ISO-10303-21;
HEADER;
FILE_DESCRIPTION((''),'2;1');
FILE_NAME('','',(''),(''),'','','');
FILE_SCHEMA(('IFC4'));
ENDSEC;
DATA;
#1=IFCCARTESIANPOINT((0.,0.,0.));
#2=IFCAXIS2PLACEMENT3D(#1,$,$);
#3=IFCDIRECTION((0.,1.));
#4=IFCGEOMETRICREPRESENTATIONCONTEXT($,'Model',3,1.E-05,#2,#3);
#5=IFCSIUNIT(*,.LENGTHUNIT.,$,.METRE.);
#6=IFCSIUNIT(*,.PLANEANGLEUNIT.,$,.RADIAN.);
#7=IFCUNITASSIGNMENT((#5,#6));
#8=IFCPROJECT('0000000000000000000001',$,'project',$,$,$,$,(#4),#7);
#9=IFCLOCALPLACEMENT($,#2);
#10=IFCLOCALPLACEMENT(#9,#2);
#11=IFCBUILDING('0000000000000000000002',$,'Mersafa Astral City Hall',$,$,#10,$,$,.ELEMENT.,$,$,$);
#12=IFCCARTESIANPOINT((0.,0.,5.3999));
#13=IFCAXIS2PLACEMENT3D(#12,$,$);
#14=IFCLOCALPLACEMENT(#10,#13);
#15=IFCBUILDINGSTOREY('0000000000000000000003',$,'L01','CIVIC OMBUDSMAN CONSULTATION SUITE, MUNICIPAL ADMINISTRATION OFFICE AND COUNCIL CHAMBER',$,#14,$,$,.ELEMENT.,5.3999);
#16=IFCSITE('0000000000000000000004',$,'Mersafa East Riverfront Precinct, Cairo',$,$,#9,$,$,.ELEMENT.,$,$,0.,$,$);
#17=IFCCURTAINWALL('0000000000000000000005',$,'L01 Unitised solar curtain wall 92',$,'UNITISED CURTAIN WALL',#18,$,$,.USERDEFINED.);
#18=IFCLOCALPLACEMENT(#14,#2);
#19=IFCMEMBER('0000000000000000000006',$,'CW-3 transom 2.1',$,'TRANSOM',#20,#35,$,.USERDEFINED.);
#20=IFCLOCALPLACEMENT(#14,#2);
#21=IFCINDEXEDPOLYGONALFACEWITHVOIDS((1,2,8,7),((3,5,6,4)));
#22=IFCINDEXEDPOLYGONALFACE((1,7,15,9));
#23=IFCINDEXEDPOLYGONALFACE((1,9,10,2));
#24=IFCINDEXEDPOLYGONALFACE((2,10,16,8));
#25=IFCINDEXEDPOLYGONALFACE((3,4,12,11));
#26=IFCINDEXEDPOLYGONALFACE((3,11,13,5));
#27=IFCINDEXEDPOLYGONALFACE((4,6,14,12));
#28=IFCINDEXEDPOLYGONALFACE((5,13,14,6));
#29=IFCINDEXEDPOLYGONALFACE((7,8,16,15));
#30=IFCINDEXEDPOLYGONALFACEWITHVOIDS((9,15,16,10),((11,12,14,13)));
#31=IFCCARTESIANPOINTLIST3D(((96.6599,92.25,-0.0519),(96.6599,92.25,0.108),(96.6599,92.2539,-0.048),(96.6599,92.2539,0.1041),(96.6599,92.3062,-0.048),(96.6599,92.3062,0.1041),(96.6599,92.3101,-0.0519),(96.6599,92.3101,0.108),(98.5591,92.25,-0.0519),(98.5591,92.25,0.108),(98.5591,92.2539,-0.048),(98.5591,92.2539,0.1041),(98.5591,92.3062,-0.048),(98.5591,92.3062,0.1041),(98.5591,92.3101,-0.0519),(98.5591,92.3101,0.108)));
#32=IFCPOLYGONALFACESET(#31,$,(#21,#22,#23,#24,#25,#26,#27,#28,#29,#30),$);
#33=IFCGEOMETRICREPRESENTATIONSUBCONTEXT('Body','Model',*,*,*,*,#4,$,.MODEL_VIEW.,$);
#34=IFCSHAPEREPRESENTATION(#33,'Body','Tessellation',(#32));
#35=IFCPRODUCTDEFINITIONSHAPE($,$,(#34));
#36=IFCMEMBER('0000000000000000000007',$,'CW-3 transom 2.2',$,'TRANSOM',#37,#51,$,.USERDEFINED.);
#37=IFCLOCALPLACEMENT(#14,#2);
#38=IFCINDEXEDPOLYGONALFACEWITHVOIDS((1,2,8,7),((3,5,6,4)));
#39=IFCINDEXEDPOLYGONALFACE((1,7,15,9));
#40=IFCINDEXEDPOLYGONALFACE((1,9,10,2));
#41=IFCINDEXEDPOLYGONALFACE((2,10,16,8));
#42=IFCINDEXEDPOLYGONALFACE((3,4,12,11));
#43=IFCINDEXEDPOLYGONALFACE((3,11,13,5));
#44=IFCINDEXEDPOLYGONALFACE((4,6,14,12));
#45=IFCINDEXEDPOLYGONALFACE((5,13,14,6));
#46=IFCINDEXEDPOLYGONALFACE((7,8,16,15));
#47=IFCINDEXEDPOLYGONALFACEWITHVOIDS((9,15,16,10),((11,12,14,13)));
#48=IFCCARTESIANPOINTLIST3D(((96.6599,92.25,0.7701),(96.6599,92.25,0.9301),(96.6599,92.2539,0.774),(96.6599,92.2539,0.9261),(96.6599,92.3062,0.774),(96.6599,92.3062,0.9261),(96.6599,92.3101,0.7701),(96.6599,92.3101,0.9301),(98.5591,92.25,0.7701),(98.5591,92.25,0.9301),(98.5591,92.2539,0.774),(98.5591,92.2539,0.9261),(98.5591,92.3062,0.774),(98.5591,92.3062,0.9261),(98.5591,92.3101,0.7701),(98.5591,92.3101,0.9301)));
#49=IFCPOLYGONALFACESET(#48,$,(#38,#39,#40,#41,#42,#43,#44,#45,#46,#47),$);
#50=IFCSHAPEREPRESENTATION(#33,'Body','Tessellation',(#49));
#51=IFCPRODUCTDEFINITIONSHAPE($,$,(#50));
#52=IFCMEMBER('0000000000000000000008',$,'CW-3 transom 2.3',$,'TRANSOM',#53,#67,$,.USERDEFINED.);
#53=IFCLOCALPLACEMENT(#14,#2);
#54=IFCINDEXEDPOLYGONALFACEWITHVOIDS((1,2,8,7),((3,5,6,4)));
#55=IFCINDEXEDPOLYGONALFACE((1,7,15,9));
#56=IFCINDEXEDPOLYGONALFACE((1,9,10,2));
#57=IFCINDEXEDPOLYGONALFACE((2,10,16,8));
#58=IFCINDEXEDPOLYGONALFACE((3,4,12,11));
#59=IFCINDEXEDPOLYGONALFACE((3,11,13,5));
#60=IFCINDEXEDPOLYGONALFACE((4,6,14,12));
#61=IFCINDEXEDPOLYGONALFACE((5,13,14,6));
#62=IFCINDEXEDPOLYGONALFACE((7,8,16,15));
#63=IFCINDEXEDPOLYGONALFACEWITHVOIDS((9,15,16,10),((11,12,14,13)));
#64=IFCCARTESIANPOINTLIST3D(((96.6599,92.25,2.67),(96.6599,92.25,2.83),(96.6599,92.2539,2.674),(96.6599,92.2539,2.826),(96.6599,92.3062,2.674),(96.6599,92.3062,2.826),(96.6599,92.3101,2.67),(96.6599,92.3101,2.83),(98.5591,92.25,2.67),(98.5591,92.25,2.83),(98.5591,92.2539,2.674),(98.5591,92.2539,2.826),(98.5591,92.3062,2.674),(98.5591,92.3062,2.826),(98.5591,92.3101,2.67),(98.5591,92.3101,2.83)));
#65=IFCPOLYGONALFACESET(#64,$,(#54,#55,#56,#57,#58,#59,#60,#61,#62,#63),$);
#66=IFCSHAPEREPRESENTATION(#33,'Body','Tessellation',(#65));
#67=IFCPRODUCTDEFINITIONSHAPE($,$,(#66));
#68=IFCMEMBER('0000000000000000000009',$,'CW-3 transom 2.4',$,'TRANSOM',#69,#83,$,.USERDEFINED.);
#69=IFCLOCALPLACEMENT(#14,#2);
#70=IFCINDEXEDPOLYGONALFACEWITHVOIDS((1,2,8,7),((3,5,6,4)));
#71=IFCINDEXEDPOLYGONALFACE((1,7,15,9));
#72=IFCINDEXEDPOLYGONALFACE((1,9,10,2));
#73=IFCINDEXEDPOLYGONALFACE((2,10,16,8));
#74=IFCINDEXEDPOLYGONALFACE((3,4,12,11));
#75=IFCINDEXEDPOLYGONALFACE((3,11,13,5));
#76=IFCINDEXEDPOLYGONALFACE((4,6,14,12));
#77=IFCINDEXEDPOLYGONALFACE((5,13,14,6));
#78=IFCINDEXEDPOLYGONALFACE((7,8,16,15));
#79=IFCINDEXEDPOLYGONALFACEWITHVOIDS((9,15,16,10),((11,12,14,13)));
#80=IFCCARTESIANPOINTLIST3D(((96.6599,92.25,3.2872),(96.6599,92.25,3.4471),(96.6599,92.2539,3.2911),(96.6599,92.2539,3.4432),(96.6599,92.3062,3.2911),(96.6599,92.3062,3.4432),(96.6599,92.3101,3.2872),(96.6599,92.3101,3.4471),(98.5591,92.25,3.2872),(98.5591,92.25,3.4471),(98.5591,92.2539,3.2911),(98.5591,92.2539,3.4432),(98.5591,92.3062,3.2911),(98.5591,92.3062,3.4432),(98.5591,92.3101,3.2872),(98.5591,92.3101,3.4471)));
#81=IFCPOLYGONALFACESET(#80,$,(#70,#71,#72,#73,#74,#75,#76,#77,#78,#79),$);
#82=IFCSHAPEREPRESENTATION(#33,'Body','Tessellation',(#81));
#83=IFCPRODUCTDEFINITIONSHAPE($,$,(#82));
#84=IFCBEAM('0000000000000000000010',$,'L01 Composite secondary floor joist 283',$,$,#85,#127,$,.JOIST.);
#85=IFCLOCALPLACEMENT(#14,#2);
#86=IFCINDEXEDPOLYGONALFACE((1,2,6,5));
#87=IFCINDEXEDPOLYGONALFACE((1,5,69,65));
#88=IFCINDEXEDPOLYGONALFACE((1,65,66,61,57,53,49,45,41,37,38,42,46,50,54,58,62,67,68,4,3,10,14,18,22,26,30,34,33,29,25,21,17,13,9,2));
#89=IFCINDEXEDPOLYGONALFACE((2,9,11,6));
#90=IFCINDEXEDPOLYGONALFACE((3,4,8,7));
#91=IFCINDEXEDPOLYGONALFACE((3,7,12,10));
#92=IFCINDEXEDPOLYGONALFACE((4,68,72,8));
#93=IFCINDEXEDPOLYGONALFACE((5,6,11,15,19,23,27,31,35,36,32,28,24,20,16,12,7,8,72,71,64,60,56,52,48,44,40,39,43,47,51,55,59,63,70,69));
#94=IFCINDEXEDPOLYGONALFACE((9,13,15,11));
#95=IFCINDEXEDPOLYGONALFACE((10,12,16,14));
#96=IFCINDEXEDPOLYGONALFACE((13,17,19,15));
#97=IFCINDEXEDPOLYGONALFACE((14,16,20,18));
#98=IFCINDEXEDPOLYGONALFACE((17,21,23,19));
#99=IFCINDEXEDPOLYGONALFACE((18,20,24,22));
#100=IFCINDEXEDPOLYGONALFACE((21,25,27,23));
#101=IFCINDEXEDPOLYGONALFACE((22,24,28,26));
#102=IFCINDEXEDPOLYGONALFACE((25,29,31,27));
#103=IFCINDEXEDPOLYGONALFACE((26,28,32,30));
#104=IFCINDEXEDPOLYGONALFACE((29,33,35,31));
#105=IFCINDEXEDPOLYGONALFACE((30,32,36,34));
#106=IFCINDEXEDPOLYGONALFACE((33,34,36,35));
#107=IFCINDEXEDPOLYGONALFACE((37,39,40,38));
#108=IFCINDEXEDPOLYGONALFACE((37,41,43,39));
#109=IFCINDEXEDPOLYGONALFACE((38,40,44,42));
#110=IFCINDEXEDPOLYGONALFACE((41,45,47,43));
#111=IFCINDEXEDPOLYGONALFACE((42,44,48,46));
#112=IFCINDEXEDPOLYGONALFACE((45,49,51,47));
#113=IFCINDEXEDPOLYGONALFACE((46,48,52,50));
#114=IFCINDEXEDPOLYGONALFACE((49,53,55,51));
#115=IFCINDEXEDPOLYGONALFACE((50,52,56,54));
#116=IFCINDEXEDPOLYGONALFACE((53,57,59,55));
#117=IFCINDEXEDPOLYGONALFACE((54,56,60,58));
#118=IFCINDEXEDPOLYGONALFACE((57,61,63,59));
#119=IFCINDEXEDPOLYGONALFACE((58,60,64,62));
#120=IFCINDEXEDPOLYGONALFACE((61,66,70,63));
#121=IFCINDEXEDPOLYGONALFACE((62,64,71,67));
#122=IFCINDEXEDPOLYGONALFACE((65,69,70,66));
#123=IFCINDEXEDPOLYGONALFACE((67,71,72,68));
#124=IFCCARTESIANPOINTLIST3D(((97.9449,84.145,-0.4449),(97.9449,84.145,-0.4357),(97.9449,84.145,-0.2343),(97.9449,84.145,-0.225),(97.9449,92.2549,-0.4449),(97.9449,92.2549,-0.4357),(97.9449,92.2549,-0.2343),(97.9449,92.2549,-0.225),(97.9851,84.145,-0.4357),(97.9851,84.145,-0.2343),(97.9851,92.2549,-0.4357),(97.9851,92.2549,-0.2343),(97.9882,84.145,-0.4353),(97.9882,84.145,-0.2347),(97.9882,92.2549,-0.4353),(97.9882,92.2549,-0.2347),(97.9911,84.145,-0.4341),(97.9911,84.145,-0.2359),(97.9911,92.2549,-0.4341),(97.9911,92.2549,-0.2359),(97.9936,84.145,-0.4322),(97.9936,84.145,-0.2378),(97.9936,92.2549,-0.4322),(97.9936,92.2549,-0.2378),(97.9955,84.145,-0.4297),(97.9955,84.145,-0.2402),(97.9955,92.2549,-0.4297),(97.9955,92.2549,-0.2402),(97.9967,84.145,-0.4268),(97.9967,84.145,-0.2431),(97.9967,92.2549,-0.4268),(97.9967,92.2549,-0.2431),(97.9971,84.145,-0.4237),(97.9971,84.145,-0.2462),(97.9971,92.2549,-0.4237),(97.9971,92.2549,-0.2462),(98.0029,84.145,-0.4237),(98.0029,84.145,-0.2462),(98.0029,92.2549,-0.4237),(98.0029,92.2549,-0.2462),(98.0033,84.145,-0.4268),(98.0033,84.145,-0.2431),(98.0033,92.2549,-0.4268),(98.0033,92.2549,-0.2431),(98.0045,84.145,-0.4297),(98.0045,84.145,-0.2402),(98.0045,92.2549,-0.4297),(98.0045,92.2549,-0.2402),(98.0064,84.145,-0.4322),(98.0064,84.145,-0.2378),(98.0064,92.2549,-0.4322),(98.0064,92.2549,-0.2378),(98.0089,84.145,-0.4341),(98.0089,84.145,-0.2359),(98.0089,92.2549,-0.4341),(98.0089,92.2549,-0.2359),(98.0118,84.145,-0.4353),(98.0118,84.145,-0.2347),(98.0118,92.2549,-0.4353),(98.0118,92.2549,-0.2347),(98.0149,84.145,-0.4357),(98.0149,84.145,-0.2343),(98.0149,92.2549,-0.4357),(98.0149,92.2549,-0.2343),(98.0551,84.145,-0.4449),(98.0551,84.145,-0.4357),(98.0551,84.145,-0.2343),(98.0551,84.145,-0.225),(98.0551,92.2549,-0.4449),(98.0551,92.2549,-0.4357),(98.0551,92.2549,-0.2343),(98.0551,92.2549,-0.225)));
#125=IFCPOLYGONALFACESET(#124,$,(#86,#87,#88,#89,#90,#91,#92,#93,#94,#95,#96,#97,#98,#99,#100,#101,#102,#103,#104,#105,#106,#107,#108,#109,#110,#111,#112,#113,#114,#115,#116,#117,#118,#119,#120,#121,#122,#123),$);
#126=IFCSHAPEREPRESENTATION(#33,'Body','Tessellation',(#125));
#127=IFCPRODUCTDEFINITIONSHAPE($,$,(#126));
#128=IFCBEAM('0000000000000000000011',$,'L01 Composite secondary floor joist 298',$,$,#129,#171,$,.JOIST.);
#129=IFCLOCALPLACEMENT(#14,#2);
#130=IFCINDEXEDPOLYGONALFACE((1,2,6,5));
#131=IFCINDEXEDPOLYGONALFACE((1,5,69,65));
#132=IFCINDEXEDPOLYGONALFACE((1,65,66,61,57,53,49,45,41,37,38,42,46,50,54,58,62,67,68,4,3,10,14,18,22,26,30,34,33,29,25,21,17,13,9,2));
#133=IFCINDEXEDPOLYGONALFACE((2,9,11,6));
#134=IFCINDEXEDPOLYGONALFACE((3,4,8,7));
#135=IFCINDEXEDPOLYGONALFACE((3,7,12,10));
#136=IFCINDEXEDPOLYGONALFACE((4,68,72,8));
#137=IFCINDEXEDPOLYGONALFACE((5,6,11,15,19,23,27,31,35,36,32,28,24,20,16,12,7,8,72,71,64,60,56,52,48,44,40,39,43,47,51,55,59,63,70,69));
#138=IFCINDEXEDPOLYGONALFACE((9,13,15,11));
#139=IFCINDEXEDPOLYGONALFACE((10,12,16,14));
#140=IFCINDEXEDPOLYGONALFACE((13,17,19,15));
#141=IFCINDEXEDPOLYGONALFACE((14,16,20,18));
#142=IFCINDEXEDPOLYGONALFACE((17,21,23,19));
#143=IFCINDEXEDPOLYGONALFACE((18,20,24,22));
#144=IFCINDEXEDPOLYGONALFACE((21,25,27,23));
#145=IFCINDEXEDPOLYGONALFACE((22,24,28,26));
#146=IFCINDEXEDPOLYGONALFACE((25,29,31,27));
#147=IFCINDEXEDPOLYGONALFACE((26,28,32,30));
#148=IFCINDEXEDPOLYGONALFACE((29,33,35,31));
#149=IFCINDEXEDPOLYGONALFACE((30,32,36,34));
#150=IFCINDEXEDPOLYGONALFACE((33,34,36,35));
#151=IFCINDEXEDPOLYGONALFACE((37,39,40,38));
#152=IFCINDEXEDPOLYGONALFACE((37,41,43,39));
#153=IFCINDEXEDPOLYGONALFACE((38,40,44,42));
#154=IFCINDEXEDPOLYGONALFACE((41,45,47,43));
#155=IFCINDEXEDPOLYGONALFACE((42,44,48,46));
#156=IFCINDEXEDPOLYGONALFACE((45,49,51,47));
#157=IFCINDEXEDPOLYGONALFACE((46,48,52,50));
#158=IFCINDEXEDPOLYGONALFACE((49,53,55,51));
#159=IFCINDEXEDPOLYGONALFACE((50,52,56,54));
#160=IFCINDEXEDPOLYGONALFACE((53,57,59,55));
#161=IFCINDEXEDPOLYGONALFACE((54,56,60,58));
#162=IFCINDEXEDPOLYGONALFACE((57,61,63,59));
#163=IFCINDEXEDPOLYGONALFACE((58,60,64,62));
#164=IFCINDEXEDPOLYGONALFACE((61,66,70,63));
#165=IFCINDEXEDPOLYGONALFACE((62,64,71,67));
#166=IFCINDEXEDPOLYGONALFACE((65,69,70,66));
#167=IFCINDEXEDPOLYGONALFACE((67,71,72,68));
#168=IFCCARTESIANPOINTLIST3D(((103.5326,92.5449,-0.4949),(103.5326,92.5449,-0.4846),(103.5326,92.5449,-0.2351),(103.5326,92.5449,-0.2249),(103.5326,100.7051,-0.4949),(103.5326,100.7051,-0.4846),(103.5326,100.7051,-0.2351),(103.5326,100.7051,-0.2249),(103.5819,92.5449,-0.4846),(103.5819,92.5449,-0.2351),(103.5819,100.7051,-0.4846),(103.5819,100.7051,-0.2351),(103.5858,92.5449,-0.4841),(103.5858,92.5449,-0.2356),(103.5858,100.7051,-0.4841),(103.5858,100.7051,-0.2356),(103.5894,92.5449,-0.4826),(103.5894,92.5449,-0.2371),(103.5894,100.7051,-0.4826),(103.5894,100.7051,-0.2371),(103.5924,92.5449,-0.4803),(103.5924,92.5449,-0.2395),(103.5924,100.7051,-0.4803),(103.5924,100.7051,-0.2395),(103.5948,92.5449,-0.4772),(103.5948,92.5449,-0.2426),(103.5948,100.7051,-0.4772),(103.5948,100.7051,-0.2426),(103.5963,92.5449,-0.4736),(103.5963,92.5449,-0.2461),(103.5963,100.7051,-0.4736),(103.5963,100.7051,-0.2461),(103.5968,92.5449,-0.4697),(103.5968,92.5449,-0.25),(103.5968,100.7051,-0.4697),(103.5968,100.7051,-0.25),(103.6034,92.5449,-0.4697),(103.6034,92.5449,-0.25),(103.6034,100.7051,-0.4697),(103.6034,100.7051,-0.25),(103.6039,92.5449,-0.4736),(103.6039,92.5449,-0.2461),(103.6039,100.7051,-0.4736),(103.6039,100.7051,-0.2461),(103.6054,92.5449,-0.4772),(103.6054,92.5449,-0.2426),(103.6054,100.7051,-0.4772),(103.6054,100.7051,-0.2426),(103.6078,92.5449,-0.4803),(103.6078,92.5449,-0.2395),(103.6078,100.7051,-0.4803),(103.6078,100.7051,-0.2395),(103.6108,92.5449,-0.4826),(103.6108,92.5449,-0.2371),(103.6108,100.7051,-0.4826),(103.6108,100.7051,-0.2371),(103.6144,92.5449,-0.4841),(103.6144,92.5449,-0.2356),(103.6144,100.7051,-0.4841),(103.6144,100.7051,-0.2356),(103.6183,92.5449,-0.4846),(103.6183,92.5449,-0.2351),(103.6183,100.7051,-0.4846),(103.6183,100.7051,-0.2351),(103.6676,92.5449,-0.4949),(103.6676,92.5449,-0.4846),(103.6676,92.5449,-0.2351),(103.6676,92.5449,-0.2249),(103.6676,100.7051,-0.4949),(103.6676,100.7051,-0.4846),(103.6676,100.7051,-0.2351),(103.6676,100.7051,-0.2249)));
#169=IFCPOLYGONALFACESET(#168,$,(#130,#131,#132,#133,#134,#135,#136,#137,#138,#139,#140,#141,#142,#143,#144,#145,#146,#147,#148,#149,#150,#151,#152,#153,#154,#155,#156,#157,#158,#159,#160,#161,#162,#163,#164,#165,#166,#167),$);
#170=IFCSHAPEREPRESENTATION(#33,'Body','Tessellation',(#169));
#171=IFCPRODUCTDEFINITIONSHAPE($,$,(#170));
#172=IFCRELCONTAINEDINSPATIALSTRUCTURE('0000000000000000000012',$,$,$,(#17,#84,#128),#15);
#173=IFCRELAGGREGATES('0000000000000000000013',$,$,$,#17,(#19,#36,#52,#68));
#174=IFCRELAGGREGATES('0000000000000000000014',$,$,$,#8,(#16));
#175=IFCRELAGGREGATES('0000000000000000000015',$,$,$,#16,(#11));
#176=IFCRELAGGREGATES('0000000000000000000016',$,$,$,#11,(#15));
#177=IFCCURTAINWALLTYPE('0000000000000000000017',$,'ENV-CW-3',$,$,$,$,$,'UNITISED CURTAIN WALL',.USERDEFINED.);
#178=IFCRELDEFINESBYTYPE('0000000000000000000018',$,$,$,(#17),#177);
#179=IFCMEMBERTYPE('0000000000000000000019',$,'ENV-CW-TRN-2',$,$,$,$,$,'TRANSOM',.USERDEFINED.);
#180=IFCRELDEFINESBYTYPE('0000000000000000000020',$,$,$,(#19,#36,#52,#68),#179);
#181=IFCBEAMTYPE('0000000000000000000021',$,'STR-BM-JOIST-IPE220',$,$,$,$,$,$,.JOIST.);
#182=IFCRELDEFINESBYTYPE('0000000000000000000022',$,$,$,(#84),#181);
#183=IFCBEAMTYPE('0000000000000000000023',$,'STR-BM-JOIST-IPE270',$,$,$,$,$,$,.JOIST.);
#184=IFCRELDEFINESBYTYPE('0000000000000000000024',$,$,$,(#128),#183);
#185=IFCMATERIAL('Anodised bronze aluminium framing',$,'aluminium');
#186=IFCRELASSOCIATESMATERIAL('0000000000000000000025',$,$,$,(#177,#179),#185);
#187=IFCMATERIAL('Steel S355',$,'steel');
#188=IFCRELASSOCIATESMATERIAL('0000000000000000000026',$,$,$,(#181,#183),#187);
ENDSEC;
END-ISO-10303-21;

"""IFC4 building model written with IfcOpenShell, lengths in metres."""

from ifc_helpers import new_model, si_unit, direction, frame, origin, origin_2d, place, context, subcontext, project, spatial, hollow_rectangle, i_section, extrude, material, material_profile, profile_set, type_object, element, aggregate, save


model = new_model("IFC4")

# Units and contexts
model_context = context("Model", 3, precision=1e-05, world=origin(), true_north=direction((0.0, 1.0)))
body_context = subcontext(model_context, "Body", "Model", "MODEL_VIEW")
ifc_project = project(units=[si_unit("LENGTHUNIT", "METRE"), si_unit("PLANEANGLEUNIT", "RADIAN")], contexts=[model_context])

# Site, building, storey
site_placement = place(None, origin())
site = spatial("IfcSite", under=ifc_project, at=site_placement, Name="Mersafa East Riverfront Precinct, Cairo", CompositionType="ELEMENT", RefElevation=0.0)
building_placement = place(site_placement, origin())
building = spatial("IfcBuilding", under=site, at=building_placement, Name="Mersafa Astral City Hall", CompositionType="ELEMENT")
storey_placement = place(building_placement, frame((0.0, 0.0, 5.3999)))
storey = spatial("IfcBuildingStorey", under=building, at=storey_placement, Name="L01", Description="CIVIC OMBUDSMAN CONSULTATION SUITE, MUNICIPAL ADMINISTRATION OFFICE AND COUNCIL CHAMBER", CompositionType="ELEMENT", Elevation=5.3999)

# Shared definitions
ifc_material_1 = material(Name="Steel S355", Category="steel")

# Shared definitions
ifc_material_2 = material(Name="Anodised bronze aluminium framing", Category="aluminium")

# Curtain wall
curtain_wall_type_1 = type_object("IfcCurtainWallType", Name="ENV-CW-3", ElementType="UNITISED CURTAIN WALL", PredefinedType="USERDEFINED", material=ifc_material_2)
curtain_wall_1_placement = place(storey_placement, origin())
curtain_wall_1 = element("IfcCurtainWall", 1, at=curtain_wall_1_placement, inside=storey, type_object=curtain_wall_type_1, Name="L01 Unitised solar curtain wall 92", ObjectType="UNITISED CURTAIN WALL", PredefinedType="USERDEFINED")

# Members
ifc_material_profile_1 = material_profile(ifc_material_2, hollow_rectangle(XDim=0.0601, YDim=0.1599, WallThickness=0.0039, at=origin_2d()), Name="RHS 60x160x4")
ifc_profile_set_1 = profile_set([ifc_material_profile_1], Name="Anodised bronze aluminium framing")
member_type_1 = type_object("IfcMemberType", Name="ENV-CW-TRN-2", ElementType="TRANSOM", PredefinedType="USERDEFINED", material=ifc_profile_set_1)
member_1_placement = place(storey_placement, frame((98.5591, 92.28, 0.0281), z_axis=(-1.0, 0.0, 0.0), x_axis=(0.0, -1.0, 0.0)))
member_1 = element("IfcMember", 2, at=member_1_placement, type_object=member_type_1, Name="CW-3 transom 2.1", ObjectType="TRANSOM", PredefinedType="USERDEFINED", context=body_context, shape_type="SweptSolid", body=[
    extrude(hollow_rectangle(XDim=0.0601, YDim=0.1599, WallThickness=0.0039, at=origin_2d()), origin(), (0.0, 0.0, 1.0), 1.8992),
])
member_2_placement = place(storey_placement, frame((98.5591, 92.28, 0.8501), z_axis=(-1.0, 0.0, 0.0), x_axis=(0.0, -1.0, 0.0)))
member_2 = element("IfcMember", 3, at=member_2_placement, type_object=member_type_1, Name="CW-3 transom 2.2", ObjectType="TRANSOM", PredefinedType="USERDEFINED", context=body_context, shape_type="SweptSolid", body=[
    extrude(hollow_rectangle(XDim=0.0601, YDim=0.1599, WallThickness=0.0039, at=origin_2d()), origin(), (0.0, 0.0, 1.0), 1.8992),
])
member_3_placement = place(storey_placement, frame((98.5591, 92.28, 2.75), z_axis=(-1.0, 0.0, 0.0), x_axis=(0.0, -1.0, 0.0)))
member_3 = element("IfcMember", 4, at=member_3_placement, type_object=member_type_1, Name="CW-3 transom 2.3", ObjectType="TRANSOM", PredefinedType="USERDEFINED", context=body_context, shape_type="SweptSolid", body=[
    extrude(hollow_rectangle(XDim=0.0601, YDim=0.1599, WallThickness=0.0039, at=origin_2d()), origin(), (0.0, 0.0, 1.0), 1.8992),
])
member_4_placement = place(storey_placement, frame((98.5591, 92.28, 3.3672), z_axis=(-1.0, 0.0, 0.0), x_axis=(0.0, -1.0, 0.0)))
member_4 = element("IfcMember", 5, at=member_4_placement, type_object=member_type_1, Name="CW-3 transom 2.4", ObjectType="TRANSOM", PredefinedType="USERDEFINED", context=body_context, shape_type="SweptSolid", body=[
    extrude(hollow_rectangle(XDim=0.0601, YDim=0.1599, WallThickness=0.0039, at=origin_2d()), origin(), (0.0, 0.0, 1.0), 1.8992),
])

# Beams
ifc_material_profile_2 = material_profile(ifc_material_1, i_section(OverallWidth=0.1101, OverallDepth=0.22, WebThickness=0.0059, FlangeThickness=0.0093, FilletRadius=0.012, at=origin_2d()), Name="IPE 220")
ifc_profile_set_2 = profile_set([ifc_material_profile_2], Name="Steel S355")
beam_type_1 = type_object("IfcBeamType", Name="STR-BM-JOIST-IPE220", PredefinedType="JOIST", material=ifc_profile_set_2)
beam_1_placement = place(storey_placement, frame((98.0, 84.145, -0.335), z_axis=(0.0, 1.0, 0.0), x_axis=(-1.0, 0.0, 0.0)))
element("IfcBeam", 6, at=beam_1_placement, inside=storey, type_object=beam_type_1, Name="L01 Composite secondary floor joist 283", PredefinedType="JOIST", context=body_context, shape_type="SweptSolid", body=[
    extrude(i_section(OverallWidth=0.1101, OverallDepth=0.22, WebThickness=0.0059, FlangeThickness=0.0093, FilletRadius=0.012, at=origin_2d()), origin(), (0.0, 0.0, 1.0), 8.1099),
])
ifc_material_profile_3 = material_profile(ifc_material_1, i_section(OverallWidth=0.135, OverallDepth=0.27, WebThickness=0.0066, FlangeThickness=0.0103, FilletRadius=0.0149, at=origin_2d()), Name="IPE 270")
ifc_profile_set_3 = profile_set([ifc_material_profile_3], Name="Steel S355")
beam_type_2 = type_object("IfcBeamType", Name="STR-BM-JOIST-IPE270", PredefinedType="JOIST", material=ifc_profile_set_3)
beam_2_placement = place(storey_placement, frame((103.6001, 92.5449, -0.3599), z_axis=(0.0, 1.0, 0.0), x_axis=(-1.0, 0.0, 0.0)))
element("IfcBeam", 7, at=beam_2_placement, inside=storey, type_object=beam_type_2, Name="L01 Composite secondary floor joist 298", PredefinedType="JOIST", context=body_context, shape_type="SweptSolid", body=[
    extrude(i_section(OverallWidth=0.135, OverallDepth=0.27, WebThickness=0.0066, FlangeThickness=0.0103, FilletRadius=0.0149, at=origin_2d()), origin(), (0.0, 0.0, 1.0), 8.1602),
])

aggregate(curtain_wall_1, [member_1, member_2, member_3, member_4])

save(model, "model.ifc")
